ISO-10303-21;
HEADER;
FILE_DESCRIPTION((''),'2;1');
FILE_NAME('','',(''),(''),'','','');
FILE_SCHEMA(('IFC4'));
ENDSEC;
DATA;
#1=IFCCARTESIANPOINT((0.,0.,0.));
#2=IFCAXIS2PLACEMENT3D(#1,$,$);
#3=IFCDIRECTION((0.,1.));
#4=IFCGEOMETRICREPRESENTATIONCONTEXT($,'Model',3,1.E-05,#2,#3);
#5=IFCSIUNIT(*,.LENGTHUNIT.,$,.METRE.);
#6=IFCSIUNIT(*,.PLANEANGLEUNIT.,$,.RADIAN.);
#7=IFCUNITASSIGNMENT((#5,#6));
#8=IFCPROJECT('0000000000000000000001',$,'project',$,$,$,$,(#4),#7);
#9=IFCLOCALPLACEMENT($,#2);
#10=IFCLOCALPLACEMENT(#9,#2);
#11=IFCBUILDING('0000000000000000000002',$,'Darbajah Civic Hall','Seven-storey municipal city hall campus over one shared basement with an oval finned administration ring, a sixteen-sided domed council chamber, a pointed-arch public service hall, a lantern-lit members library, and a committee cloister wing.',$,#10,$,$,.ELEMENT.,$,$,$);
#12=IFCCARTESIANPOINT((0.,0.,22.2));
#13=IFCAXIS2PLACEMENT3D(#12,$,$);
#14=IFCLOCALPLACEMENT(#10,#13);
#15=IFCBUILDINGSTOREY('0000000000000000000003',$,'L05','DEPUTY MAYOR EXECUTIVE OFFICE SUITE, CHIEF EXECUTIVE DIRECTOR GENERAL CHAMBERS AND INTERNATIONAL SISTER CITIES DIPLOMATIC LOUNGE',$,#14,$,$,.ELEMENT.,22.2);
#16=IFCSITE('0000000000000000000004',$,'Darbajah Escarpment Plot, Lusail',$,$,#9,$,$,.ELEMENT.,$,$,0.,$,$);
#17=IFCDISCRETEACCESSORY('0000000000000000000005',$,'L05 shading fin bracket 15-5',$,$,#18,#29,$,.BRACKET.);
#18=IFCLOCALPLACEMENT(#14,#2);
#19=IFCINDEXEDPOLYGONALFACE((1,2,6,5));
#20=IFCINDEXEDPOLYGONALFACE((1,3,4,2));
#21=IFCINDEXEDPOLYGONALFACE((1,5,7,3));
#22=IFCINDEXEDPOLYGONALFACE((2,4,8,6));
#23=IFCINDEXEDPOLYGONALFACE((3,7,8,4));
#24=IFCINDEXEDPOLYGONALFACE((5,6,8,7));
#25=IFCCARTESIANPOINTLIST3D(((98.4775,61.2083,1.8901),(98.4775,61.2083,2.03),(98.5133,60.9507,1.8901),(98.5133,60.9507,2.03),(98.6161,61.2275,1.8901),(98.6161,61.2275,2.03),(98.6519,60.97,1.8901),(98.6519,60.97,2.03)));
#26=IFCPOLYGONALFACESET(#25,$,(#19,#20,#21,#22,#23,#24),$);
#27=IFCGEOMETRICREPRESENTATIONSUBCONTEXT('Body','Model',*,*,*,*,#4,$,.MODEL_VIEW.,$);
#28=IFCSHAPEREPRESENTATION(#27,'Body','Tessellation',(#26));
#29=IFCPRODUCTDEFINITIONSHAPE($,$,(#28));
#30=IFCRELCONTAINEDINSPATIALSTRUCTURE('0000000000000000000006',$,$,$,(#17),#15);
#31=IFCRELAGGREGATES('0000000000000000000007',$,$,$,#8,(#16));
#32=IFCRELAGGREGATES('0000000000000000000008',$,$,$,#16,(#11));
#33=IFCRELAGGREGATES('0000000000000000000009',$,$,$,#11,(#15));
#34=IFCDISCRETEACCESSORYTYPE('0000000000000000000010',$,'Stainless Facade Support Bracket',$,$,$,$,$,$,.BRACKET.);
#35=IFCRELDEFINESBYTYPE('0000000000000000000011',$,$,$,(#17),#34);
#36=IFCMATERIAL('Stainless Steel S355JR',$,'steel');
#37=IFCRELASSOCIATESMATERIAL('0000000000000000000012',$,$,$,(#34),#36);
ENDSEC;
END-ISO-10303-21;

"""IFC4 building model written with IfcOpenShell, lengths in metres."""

from ifc_helpers import new_model, si_unit, direction, frame, origin, origin_2d, place, context, subcontext, project, spatial, rectangle, extrude, material, type_object, element, save


model = new_model("IFC4")

# Units and contexts
model_context = context("Model", 3, precision=1e-05, world=origin(), true_north=direction((0.0, 1.0)))
body_context = subcontext(model_context, "Body", "Model", "MODEL_VIEW")
ifc_project = project(units=[si_unit("LENGTHUNIT", "METRE"), si_unit("PLANEANGLEUNIT", "RADIAN")], contexts=[model_context])

# Site, building, storey
site_placement = place(None, origin())
site = spatial("IfcSite", under=ifc_project, at=site_placement, Name="Darbajah Escarpment Plot, Lusail", CompositionType="ELEMENT", RefElevation=0.0)
building_placement = place(site_placement, origin())
building = spatial("IfcBuilding", under=site, at=building_placement, Name="Darbajah Civic Hall", Description="Seven-storey municipal city hall campus over one shared basement with an oval finned administration ring, a sixteen-sided domed council chamber, a pointed-arch public service hall, a lantern-lit members library, and a committee cloister wing.", CompositionType="ELEMENT")
storey_placement = place(building_placement, frame((0.0, 0.0, 22.2)))
storey = spatial("IfcBuildingStorey", under=building, at=storey_placement, Name="L05", Description="DEPUTY MAYOR EXECUTIVE OFFICE SUITE, CHIEF EXECUTIVE DIRECTOR GENERAL CHAMBERS AND INTERNATIONAL SISTER CITIES DIPLOMATIC LOUNGE", CompositionType="ELEMENT", Elevation=22.2)

# Discrete accessory
ifc_material_1 = material(Name="Stainless Steel S355JR", Category="steel")
discrete_accessory_type = type_object("IfcDiscreteAccessoryType", Name="Stainless Facade Support Bracket", PredefinedType="BRACKET", material=ifc_material_1)
for number, where, z_axis, x_axis, name in (
    (1, (98.5647, 61.0891, 1.8901), (0.0, 0.0, 1.0), (0.137617, -0.990485, 0.0), "L05 shading fin bracket 15-5"),
):
    element("IfcDiscreteAccessory", number, at=place(storey_placement, frame(where, z_axis=z_axis, x_axis=x_axis)), inside=storey, type_object=discrete_accessory_type, Name=name, PredefinedType="BRACKET", context=body_context, shape_type="SweptSolid", body=[
        extrude(rectangle(XDim=0.26, YDim=0.1399, at=origin_2d()), origin(), (0.0, 0.0, 1.0), 0.1399),
    ])

save(model, "model.ifc")
